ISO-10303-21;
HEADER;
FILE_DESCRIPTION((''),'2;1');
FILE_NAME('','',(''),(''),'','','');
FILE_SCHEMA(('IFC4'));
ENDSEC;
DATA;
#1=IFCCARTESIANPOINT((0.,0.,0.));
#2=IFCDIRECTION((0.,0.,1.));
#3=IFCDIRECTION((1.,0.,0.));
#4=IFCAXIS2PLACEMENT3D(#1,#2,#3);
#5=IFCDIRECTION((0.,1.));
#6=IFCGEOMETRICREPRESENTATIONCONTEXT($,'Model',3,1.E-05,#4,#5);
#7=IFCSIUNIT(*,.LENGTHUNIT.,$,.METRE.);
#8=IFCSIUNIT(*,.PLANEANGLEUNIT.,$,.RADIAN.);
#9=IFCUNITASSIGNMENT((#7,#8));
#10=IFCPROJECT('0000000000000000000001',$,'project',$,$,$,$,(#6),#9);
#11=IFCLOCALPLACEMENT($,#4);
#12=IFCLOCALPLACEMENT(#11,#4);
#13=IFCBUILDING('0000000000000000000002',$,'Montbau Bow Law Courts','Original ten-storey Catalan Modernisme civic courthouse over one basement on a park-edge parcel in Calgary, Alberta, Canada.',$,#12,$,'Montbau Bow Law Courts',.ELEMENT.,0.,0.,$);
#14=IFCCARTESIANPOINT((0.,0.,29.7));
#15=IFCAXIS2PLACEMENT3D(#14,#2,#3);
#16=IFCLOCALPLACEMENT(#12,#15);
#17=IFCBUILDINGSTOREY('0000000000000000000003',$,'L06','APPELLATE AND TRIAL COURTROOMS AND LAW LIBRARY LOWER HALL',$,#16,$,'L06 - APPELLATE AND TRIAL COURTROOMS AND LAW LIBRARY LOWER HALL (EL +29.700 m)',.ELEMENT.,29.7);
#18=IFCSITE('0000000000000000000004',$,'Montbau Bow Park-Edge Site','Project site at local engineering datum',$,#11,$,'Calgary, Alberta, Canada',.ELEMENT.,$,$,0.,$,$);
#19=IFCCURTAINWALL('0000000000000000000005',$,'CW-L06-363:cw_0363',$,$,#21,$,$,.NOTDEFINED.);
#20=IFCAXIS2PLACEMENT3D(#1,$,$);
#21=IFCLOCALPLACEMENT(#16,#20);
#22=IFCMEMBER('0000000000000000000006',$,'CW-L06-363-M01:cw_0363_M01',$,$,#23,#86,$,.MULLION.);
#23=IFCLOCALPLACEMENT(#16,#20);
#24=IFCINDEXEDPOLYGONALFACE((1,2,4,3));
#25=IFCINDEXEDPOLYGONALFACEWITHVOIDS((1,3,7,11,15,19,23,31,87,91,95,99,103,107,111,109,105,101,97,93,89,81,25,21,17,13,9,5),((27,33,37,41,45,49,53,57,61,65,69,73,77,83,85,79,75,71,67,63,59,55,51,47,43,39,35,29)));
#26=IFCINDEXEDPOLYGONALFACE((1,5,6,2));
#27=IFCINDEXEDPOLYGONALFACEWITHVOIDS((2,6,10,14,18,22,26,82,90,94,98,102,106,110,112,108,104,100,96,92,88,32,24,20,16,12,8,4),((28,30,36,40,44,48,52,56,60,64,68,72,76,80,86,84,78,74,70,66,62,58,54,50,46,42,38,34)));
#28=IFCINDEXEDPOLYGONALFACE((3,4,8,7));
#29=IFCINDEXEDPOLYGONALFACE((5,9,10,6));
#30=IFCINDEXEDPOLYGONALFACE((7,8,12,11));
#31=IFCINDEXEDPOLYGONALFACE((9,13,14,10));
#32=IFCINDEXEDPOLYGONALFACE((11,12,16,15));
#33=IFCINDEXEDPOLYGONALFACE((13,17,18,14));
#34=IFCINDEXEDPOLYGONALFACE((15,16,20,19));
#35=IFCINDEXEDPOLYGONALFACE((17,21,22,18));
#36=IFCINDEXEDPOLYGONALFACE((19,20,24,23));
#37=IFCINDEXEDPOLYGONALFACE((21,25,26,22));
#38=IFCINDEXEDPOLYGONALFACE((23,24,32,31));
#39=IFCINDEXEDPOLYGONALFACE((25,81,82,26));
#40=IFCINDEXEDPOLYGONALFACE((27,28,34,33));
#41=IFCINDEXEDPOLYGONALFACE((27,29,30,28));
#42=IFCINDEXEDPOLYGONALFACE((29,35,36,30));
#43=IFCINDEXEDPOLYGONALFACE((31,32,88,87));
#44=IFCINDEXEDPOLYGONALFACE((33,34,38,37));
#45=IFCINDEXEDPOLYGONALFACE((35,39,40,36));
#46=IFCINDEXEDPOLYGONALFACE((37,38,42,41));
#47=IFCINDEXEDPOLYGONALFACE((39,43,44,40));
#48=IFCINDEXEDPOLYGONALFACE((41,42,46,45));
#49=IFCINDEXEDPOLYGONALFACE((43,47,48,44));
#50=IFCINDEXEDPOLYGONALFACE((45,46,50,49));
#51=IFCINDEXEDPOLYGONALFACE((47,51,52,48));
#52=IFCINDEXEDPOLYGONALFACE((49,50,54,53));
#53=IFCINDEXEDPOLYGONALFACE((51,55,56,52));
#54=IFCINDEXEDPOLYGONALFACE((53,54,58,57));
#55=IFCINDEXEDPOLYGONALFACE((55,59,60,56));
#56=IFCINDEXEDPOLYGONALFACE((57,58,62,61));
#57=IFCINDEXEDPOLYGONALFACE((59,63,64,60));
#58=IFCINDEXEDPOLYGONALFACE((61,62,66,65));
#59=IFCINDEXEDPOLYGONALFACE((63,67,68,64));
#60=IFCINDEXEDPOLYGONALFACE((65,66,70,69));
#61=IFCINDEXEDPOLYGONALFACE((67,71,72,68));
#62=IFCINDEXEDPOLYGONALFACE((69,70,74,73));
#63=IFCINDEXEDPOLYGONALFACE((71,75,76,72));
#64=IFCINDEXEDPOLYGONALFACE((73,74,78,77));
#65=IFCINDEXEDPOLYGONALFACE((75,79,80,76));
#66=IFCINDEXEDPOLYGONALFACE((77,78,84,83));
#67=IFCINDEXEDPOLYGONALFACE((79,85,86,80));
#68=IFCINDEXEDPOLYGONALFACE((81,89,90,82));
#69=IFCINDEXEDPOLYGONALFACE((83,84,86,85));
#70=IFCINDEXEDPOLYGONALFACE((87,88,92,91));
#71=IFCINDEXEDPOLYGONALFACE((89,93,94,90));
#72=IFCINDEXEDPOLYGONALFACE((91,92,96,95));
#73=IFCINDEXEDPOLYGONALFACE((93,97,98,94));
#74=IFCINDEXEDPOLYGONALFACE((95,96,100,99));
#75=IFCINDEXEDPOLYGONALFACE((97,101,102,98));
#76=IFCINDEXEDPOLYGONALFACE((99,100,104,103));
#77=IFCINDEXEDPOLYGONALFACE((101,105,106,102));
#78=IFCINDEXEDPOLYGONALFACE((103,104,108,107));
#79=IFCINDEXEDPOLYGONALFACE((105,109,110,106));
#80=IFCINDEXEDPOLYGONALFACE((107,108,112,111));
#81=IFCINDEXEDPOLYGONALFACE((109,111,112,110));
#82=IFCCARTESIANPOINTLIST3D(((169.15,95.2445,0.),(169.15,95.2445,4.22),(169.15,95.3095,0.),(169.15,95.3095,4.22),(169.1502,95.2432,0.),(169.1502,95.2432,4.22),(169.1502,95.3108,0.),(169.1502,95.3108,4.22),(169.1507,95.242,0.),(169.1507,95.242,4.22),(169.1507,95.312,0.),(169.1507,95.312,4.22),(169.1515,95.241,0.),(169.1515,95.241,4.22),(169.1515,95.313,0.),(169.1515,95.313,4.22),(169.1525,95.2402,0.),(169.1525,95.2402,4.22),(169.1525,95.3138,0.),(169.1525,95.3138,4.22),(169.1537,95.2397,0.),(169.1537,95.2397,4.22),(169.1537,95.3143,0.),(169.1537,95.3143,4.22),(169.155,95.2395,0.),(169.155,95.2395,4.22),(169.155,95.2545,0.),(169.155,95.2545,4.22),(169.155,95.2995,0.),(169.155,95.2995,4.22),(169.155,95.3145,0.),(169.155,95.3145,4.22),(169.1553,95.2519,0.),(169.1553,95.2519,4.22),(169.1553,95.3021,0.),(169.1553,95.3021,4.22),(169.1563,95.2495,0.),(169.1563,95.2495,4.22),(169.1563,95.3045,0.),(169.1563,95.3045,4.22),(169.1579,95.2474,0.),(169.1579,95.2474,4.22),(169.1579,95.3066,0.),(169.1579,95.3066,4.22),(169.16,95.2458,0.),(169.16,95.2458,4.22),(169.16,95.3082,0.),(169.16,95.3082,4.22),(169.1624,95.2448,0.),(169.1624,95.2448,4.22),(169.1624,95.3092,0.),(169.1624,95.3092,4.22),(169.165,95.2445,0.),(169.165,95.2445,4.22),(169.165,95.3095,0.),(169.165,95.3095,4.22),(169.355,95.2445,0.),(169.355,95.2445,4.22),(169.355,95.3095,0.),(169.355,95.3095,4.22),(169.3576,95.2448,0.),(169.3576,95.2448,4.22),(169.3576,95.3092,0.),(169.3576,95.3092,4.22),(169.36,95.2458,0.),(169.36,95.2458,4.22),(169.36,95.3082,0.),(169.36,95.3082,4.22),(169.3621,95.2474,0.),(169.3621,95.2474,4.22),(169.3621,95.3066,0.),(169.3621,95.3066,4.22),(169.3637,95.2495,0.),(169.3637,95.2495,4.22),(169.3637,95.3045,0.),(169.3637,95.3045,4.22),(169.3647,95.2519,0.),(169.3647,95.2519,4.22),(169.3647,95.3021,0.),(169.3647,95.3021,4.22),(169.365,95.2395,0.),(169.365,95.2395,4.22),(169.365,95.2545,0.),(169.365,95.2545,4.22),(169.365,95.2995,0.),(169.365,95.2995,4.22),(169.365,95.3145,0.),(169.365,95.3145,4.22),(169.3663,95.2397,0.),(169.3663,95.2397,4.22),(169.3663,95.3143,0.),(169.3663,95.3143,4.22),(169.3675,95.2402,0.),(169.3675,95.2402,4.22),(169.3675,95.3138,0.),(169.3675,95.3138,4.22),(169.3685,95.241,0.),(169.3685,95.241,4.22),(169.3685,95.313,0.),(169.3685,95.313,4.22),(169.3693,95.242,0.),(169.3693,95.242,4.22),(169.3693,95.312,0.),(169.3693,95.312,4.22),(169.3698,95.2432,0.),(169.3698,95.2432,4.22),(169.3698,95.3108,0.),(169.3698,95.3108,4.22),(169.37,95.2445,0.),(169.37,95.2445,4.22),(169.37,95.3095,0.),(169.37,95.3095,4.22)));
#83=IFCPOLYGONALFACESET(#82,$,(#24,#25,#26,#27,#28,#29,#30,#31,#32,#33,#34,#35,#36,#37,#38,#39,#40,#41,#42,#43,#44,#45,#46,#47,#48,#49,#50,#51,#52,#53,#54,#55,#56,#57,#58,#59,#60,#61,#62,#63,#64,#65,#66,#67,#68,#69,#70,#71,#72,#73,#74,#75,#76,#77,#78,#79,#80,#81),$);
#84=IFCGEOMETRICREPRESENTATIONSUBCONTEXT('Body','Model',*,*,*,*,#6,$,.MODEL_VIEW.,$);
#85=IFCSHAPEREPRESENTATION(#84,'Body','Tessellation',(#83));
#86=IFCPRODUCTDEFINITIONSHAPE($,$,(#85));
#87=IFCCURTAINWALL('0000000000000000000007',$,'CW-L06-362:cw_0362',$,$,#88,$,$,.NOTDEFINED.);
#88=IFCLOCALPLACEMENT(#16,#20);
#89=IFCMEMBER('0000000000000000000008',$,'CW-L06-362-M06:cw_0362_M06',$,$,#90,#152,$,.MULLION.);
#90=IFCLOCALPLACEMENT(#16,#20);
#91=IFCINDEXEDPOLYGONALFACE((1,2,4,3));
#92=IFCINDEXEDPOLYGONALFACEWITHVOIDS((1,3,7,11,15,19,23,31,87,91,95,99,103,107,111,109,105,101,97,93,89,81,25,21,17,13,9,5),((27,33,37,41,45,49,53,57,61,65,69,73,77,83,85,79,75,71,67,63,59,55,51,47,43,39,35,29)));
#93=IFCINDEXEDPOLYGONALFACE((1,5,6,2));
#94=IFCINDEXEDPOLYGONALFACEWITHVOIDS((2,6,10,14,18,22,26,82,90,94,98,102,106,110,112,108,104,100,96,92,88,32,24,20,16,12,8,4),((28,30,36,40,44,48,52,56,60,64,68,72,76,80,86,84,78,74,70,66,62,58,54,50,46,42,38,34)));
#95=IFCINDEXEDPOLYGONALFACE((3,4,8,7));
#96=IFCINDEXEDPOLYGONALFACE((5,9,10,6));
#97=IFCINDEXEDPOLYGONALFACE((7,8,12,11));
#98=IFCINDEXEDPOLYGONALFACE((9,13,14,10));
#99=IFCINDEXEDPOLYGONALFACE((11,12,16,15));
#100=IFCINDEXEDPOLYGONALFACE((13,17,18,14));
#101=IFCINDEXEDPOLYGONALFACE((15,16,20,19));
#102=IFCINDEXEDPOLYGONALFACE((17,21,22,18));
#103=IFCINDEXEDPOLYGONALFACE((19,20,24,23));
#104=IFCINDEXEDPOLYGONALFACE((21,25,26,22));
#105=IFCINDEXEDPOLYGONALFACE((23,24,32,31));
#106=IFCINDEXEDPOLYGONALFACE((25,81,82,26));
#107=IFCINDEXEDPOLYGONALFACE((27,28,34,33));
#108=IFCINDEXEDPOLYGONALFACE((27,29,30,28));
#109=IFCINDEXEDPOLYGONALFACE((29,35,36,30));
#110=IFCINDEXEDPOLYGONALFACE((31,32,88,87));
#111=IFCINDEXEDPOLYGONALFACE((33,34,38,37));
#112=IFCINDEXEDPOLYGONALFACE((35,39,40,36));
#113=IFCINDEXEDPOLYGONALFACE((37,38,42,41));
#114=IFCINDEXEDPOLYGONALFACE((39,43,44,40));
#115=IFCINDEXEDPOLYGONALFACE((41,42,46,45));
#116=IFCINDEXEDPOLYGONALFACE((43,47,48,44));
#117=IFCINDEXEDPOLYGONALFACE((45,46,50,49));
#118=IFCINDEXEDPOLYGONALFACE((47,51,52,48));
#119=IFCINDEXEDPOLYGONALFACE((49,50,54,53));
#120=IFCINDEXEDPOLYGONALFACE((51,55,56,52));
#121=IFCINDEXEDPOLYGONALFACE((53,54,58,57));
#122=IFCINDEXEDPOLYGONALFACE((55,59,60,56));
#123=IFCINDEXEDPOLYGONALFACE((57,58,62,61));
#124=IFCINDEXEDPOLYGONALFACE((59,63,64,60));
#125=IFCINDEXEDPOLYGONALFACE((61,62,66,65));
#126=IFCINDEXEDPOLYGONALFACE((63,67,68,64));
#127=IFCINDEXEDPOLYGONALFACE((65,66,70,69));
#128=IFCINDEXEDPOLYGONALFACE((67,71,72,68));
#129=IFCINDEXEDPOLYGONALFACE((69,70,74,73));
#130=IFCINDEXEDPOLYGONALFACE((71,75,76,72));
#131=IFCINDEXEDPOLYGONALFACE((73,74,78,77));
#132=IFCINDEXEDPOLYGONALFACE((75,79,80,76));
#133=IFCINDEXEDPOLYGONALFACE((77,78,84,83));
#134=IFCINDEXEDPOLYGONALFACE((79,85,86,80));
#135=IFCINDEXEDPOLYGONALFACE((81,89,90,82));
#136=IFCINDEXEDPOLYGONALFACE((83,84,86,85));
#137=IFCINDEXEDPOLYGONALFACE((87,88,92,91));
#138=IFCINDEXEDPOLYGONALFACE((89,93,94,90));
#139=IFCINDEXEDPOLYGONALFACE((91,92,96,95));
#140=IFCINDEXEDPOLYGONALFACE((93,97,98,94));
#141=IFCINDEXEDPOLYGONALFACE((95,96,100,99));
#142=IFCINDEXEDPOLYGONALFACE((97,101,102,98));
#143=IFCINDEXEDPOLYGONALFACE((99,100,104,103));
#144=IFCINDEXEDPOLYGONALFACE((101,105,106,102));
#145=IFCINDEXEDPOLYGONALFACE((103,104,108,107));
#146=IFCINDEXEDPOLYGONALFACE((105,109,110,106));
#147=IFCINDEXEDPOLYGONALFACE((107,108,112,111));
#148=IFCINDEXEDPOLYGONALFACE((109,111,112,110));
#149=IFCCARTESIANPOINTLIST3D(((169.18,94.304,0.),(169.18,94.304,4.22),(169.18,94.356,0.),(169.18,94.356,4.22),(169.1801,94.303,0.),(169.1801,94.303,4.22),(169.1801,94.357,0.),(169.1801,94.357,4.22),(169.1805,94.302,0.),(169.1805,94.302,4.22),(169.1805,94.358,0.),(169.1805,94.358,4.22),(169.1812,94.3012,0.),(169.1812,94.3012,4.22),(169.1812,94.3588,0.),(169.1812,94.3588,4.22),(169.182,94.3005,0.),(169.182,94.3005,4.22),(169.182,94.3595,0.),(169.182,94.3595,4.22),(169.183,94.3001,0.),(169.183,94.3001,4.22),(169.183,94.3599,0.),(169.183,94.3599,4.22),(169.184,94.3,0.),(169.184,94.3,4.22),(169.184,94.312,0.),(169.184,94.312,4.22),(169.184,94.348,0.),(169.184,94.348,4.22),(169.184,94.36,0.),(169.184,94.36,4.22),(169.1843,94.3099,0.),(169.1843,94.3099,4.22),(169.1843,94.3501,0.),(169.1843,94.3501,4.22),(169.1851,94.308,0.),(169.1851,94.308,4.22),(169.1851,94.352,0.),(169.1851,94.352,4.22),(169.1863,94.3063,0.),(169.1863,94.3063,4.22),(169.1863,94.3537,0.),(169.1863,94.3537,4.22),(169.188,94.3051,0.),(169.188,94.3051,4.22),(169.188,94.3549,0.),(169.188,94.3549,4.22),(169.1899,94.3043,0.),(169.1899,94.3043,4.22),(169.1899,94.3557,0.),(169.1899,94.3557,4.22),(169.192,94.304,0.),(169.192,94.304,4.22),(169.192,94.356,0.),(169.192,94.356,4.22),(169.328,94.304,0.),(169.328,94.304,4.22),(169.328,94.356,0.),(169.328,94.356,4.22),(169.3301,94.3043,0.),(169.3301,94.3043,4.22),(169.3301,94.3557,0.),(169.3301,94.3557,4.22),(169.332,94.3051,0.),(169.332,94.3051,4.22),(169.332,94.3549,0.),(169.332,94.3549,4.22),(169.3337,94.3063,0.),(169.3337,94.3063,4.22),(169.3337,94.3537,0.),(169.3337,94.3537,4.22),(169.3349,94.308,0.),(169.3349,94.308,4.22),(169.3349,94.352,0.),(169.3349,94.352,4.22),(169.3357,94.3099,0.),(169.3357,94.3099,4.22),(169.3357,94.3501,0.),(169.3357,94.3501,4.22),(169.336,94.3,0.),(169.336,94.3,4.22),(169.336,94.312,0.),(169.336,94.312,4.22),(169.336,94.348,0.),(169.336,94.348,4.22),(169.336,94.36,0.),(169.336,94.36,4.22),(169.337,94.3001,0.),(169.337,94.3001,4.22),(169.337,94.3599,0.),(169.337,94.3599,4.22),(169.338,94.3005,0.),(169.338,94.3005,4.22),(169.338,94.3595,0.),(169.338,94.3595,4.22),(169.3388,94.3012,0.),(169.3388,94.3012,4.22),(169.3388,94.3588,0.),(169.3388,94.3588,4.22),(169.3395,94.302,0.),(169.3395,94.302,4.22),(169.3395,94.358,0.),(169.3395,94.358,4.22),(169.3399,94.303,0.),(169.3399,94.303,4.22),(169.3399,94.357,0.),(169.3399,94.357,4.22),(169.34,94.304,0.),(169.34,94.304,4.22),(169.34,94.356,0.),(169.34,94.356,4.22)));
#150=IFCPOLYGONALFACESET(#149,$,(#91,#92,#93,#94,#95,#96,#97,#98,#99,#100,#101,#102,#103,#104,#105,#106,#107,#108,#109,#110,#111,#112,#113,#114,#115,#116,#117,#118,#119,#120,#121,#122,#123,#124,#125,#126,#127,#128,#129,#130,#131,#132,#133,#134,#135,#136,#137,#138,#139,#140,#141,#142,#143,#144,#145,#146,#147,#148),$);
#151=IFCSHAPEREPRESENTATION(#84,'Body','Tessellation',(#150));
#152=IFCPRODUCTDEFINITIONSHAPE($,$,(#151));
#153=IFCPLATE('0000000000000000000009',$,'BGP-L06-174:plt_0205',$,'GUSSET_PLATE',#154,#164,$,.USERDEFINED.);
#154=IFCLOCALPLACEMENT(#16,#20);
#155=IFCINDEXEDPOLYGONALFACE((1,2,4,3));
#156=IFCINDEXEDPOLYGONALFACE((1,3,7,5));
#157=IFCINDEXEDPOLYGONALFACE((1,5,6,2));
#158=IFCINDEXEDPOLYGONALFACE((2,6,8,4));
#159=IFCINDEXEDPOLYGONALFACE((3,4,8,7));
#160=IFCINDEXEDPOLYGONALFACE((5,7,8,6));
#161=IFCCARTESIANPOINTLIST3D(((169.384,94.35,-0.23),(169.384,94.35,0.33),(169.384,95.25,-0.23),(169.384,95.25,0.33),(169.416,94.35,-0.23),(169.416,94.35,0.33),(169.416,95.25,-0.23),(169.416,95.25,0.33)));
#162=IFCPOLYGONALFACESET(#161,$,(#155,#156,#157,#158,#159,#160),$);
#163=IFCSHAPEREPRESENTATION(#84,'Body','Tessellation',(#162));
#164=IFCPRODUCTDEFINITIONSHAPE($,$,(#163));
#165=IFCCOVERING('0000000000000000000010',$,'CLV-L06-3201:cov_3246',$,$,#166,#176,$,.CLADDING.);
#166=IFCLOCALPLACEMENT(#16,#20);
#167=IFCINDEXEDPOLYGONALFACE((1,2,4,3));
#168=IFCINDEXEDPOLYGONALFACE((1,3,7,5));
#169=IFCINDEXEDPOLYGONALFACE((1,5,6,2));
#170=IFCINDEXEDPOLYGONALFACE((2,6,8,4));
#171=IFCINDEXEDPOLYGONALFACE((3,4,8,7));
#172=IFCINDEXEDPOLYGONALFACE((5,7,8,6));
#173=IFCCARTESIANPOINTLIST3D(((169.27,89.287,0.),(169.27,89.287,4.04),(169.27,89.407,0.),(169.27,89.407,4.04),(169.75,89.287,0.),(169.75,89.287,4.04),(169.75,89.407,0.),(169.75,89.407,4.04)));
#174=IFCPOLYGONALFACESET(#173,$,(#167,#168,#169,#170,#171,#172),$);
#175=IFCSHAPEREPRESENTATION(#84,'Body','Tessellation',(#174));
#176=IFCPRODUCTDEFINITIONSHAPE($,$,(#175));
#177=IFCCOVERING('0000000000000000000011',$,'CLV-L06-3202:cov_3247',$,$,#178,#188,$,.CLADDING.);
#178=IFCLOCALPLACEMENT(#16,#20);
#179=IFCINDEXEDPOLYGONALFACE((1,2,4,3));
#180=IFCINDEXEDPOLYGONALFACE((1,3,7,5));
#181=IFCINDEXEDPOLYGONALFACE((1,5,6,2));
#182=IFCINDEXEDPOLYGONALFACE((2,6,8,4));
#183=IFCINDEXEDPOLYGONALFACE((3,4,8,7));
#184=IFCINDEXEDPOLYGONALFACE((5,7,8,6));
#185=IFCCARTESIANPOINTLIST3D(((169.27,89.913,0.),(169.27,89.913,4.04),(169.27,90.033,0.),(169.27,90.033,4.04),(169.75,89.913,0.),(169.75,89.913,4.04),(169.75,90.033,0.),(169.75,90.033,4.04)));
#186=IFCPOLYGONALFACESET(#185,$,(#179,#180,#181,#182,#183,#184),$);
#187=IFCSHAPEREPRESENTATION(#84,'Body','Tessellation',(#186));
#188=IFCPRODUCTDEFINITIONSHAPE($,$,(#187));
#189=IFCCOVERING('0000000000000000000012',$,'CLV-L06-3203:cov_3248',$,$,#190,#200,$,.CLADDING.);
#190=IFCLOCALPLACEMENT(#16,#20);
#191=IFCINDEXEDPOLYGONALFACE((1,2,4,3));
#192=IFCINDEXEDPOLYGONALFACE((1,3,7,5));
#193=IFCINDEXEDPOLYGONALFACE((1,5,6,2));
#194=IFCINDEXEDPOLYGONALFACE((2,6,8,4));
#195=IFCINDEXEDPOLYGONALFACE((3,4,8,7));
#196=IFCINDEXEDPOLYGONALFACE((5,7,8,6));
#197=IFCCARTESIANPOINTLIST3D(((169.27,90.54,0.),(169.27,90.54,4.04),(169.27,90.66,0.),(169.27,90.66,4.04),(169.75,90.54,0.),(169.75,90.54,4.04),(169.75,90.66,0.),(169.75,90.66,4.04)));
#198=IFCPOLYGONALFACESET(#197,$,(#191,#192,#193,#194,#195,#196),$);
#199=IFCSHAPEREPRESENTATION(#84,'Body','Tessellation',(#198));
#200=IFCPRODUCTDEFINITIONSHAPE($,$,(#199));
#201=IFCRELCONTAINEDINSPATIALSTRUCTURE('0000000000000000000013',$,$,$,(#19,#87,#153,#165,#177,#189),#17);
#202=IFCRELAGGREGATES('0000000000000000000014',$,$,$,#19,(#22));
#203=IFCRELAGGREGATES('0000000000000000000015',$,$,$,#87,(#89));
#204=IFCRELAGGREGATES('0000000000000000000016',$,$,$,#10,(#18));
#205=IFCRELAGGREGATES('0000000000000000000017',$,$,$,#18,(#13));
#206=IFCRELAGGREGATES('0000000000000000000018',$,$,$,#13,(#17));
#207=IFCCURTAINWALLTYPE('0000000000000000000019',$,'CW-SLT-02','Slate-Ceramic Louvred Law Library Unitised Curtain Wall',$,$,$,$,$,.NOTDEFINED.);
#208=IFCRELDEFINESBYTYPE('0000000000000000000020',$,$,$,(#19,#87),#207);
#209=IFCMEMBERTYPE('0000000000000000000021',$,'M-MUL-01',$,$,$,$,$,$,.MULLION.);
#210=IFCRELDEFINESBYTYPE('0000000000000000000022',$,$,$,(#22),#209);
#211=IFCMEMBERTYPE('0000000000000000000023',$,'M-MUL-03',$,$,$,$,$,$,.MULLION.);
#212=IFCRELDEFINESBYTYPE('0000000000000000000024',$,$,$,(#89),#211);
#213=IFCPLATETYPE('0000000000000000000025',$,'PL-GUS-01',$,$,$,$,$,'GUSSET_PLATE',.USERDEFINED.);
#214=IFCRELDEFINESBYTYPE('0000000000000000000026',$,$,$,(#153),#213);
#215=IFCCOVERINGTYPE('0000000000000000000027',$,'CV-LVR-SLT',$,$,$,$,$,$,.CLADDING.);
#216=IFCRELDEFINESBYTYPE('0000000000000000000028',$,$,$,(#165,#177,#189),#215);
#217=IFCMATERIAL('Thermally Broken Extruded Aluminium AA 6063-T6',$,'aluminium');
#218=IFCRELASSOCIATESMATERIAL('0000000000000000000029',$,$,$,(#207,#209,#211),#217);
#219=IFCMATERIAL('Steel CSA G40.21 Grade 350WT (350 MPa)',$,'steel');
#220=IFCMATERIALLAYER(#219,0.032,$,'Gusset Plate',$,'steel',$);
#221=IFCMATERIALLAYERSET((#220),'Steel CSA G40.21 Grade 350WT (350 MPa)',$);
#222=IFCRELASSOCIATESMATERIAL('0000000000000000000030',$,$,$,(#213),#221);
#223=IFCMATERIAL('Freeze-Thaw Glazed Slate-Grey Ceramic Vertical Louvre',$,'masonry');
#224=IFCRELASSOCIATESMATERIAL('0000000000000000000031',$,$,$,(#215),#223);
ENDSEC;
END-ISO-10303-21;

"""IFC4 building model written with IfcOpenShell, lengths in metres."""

from ifc_helpers import new_model, si_unit, direction, frame, frame_2d, origin_with_axes, origin_2d_with_axis, place, context, subcontext, project, spatial, rectangle, hollow_rectangle, extrude, material, layer, layer_set, material_profile, profile_set, type_object, element, aggregate, save


model = new_model("IFC4")

# Units and contexts
model_context = context("Model", 3, precision=1e-05, world=origin_with_axes(), true_north=direction((0.0, 1.0)))
body_context = subcontext(model_context, "Body", "Model", "MODEL_VIEW")
ifc_project = project(units=[si_unit("LENGTHUNIT", "METRE"), si_unit("PLANEANGLEUNIT", "RADIAN")], contexts=[model_context])

# Site, building, storey
site_placement = place(None, origin_with_axes())
site = spatial("IfcSite", under=ifc_project, at=site_placement, Name="Montbau Bow Park-Edge Site", Description="Project site at local engineering datum", LongName="Calgary, Alberta, Canada", CompositionType="ELEMENT", RefElevation=0.0)
building_placement = place(site_placement, origin_with_axes())
building = spatial("IfcBuilding", under=site, at=building_placement, Name="Montbau Bow Law Courts", Description="Original ten-storey Catalan Modernisme civic courthouse over one basement on a park-edge parcel in Calgary, Alberta, Canada.", LongName="Montbau Bow Law Courts", CompositionType="ELEMENT", ElevationOfRefHeight=0.0, ElevationOfTerrain=0.0)
storey_placement = place(building_placement, frame((0.0, 0.0, 29.7), z_axis=(0.0, 0.0, 1.0), x_axis=(1.0, 0.0, 0.0)))
storey = spatial("IfcBuildingStorey", under=building, at=storey_placement, Name="L06", Description="APPELLATE AND TRIAL COURTROOMS AND LAW LIBRARY LOWER HALL", LongName="L06 - APPELLATE AND TRIAL COURTROOMS AND LAW LIBRARY LOWER HALL (EL +29.700 m)", CompositionType="ELEMENT", Elevation=29.7)

# Shared definitions
ifc_material_1 = material(Name="Steel CSA G40.21 Grade 350WT (350 MPa)", Category="steel")

# Curtain walls, members
ifc_material_2 = material(Name="Thermally Broken Extruded Aluminium AA 6063-T6", Category="aluminium")
curtain_wall_type = type_object("IfcCurtainWallType", Name="CW-SLT-02", Description="Slate-Ceramic Louvred Law Library Unitised Curtain Wall", PredefinedType="NOTDEFINED", material=ifc_material_2)
curtain_wall_1_placement = place(None, frame((169.26, 95.24, 29.7), z_axis=(0.0, 0.0, 1.0), x_axis=(1.0, 0.0, 0.0)))
curtain_wall_1 = element("IfcCurtainWall", 1, at=curtain_wall_1_placement, inside=storey, type_object=curtain_wall_type, Name="CW-L06-363:cw_0363", PredefinedType="NOTDEFINED")
ifc_material_profile_1 = material_profile(ifc_material_2, hollow_rectangle(XDim=0.075, YDim=0.22, WallThickness=0.005, InnerFilletRadius=0.01, OuterFilletRadius=0.005, at=origin_2d_with_axis()), Name="CWM-220X75", Category="Main", Priority=0)
ifc_profile_set_1 = profile_set([ifc_material_profile_1], Name="Thermally Broken Extruded Aluminium AA 6063-T6")
member_type_1 = type_object("IfcMemberType", Name="M-MUL-01", PredefinedType="MULLION", material=ifc_profile_set_1)
member_1_placement = place(None, frame((169.26, 95.277, 29.7), z_axis=(0.0, 0.0, 1.0), x_axis=(0.0, 1.0, 0.0)))
member_1 = element("IfcMember", 2, at=member_1_placement, type_object=member_type_1, Name="CW-L06-363-M01:cw_0363_M01", PredefinedType="MULLION", context=body_context, shape_type="SweptSolid", body=[
    extrude(hollow_rectangle(XDim=0.075, YDim=0.22, WallThickness=0.005, InnerFilletRadius=0.01, OuterFilletRadius=0.005, at=origin_2d_with_axis()), origin_with_axes(), (0.0, 0.0, 1.0), 4.22),
])
aggregate(curtain_wall_1, [member_1])
curtain_wall_2_placement = place(None, frame((169.26, 86.84, 29.7), z_axis=(0.0, 0.0, 1.0), x_axis=(1.0, 0.0, 0.0)))
curtain_wall_2 = element("IfcCurtainWall", 3, at=curtain_wall_2_placement, inside=storey, type_object=curtain_wall_type, Name="CW-L06-362:cw_0362", PredefinedType="NOTDEFINED")
ifc_material_profile_2 = material_profile(ifc_material_2, hollow_rectangle(XDim=0.06, YDim=0.16, WallThickness=0.004, InnerFilletRadius=0.008, OuterFilletRadius=0.004, at=origin_2d_with_axis()), Name="CWM-160X60", Category="Main", Priority=0)
ifc_profile_set_2 = profile_set([ifc_material_profile_2], Name="Thermally Broken Extruded Aluminium AA 6063-T6")
member_type_2 = type_object("IfcMemberType", Name="M-MUL-03", PredefinedType="MULLION", material=ifc_profile_set_2)
member_2_placement = place(None, frame((169.26, 94.33, 29.7), z_axis=(0.0, 0.0, 1.0), x_axis=(0.0, 1.0, 0.0)))
member_2 = element("IfcMember", 4, at=member_2_placement, type_object=member_type_2, Name="CW-L06-362-M06:cw_0362_M06", PredefinedType="MULLION", context=body_context, shape_type="SweptSolid", body=[
    extrude(hollow_rectangle(XDim=0.06, YDim=0.16, WallThickness=0.004, InnerFilletRadius=0.008, OuterFilletRadius=0.004, at=origin_2d_with_axis()), origin_with_axes(), (0.0, 0.0, 1.0), 4.22),
])
aggregate(curtain_wall_2, [member_2])

# Plate
ifc_layer = layer(ifc_material_1, 0.032, Name="Gusset Plate", Category="steel")
ifc_layer_set = layer_set([ifc_layer], Name="Steel CSA G40.21 Grade 350WT (350 MPa)")
plate_type = type_object("IfcPlateType", Name="PL-GUS-01", ElementType="GUSSET_PLATE", PredefinedType="USERDEFINED", material=ifc_layer_set)
plate_placement = place(None, frame((169.4, 94.8, 29.47), z_axis=(0.0, 0.0, 1.0), x_axis=(0.0, 1.0, 0.0)))
element("IfcPlate", 5, at=plate_placement, inside=storey, type_object=plate_type, Name="BGP-L06-174:plt_0205", ObjectType="GUSSET_PLATE", PredefinedType="USERDEFINED", context=body_context, shape_type="SweptSolid", body=[
    extrude(rectangle(XDim=0.9, YDim=0.032, at=origin_2d_with_axis()), origin_with_axes(), (0.0, 0.0, 1.0), 0.56),
])

# Coverings
ifc_material_3 = material(Name="Freeze-Thaw Glazed Slate-Grey Ceramic Vertical Louvre", Category="masonry")
covering_type = type_object("IfcCoveringType", Name="CV-LVR-SLT", PredefinedType="CLADDING", material=ifc_material_3)
for number, where, z_axis, x_axis, name in (
    (6, (169.27, 89.347, 29.7), (0.0, -1.0, 0.0), (1.0, 0.0, 0.0), "CLV-L06-3201:cov_3246"),
    (7, (169.27, 89.973, 29.7), (0.0, -1.0, 0.0), (1.0, 0.0, 0.0), "CLV-L06-3202:cov_3247"),
    (8, (169.27, 90.6, 29.7), (0.0, -1.0, 0.0), (1.0, 0.0, 0.0), "CLV-L06-3203:cov_3248"),
):
    element("IfcCovering", number, at=place(None, frame(where, z_axis=z_axis, x_axis=x_axis)), inside=storey, type_object=covering_type, Name=name, PredefinedType="CLADDING", context=body_context, shape_type="SweptSolid", body=[
        extrude(rectangle(XDim=0.48, YDim=4.04, at=frame_2d((0.24, 2.02), x_axis=(1.0, 0.0))), frame((0.0, 0.0, -0.06), z_axis=(0.0, 0.0, 1.0), x_axis=(1.0, 0.0, 0.0)), (0.0, 0.0, 1.0), 0.12),
    ])

save(model, "model.ifc")
